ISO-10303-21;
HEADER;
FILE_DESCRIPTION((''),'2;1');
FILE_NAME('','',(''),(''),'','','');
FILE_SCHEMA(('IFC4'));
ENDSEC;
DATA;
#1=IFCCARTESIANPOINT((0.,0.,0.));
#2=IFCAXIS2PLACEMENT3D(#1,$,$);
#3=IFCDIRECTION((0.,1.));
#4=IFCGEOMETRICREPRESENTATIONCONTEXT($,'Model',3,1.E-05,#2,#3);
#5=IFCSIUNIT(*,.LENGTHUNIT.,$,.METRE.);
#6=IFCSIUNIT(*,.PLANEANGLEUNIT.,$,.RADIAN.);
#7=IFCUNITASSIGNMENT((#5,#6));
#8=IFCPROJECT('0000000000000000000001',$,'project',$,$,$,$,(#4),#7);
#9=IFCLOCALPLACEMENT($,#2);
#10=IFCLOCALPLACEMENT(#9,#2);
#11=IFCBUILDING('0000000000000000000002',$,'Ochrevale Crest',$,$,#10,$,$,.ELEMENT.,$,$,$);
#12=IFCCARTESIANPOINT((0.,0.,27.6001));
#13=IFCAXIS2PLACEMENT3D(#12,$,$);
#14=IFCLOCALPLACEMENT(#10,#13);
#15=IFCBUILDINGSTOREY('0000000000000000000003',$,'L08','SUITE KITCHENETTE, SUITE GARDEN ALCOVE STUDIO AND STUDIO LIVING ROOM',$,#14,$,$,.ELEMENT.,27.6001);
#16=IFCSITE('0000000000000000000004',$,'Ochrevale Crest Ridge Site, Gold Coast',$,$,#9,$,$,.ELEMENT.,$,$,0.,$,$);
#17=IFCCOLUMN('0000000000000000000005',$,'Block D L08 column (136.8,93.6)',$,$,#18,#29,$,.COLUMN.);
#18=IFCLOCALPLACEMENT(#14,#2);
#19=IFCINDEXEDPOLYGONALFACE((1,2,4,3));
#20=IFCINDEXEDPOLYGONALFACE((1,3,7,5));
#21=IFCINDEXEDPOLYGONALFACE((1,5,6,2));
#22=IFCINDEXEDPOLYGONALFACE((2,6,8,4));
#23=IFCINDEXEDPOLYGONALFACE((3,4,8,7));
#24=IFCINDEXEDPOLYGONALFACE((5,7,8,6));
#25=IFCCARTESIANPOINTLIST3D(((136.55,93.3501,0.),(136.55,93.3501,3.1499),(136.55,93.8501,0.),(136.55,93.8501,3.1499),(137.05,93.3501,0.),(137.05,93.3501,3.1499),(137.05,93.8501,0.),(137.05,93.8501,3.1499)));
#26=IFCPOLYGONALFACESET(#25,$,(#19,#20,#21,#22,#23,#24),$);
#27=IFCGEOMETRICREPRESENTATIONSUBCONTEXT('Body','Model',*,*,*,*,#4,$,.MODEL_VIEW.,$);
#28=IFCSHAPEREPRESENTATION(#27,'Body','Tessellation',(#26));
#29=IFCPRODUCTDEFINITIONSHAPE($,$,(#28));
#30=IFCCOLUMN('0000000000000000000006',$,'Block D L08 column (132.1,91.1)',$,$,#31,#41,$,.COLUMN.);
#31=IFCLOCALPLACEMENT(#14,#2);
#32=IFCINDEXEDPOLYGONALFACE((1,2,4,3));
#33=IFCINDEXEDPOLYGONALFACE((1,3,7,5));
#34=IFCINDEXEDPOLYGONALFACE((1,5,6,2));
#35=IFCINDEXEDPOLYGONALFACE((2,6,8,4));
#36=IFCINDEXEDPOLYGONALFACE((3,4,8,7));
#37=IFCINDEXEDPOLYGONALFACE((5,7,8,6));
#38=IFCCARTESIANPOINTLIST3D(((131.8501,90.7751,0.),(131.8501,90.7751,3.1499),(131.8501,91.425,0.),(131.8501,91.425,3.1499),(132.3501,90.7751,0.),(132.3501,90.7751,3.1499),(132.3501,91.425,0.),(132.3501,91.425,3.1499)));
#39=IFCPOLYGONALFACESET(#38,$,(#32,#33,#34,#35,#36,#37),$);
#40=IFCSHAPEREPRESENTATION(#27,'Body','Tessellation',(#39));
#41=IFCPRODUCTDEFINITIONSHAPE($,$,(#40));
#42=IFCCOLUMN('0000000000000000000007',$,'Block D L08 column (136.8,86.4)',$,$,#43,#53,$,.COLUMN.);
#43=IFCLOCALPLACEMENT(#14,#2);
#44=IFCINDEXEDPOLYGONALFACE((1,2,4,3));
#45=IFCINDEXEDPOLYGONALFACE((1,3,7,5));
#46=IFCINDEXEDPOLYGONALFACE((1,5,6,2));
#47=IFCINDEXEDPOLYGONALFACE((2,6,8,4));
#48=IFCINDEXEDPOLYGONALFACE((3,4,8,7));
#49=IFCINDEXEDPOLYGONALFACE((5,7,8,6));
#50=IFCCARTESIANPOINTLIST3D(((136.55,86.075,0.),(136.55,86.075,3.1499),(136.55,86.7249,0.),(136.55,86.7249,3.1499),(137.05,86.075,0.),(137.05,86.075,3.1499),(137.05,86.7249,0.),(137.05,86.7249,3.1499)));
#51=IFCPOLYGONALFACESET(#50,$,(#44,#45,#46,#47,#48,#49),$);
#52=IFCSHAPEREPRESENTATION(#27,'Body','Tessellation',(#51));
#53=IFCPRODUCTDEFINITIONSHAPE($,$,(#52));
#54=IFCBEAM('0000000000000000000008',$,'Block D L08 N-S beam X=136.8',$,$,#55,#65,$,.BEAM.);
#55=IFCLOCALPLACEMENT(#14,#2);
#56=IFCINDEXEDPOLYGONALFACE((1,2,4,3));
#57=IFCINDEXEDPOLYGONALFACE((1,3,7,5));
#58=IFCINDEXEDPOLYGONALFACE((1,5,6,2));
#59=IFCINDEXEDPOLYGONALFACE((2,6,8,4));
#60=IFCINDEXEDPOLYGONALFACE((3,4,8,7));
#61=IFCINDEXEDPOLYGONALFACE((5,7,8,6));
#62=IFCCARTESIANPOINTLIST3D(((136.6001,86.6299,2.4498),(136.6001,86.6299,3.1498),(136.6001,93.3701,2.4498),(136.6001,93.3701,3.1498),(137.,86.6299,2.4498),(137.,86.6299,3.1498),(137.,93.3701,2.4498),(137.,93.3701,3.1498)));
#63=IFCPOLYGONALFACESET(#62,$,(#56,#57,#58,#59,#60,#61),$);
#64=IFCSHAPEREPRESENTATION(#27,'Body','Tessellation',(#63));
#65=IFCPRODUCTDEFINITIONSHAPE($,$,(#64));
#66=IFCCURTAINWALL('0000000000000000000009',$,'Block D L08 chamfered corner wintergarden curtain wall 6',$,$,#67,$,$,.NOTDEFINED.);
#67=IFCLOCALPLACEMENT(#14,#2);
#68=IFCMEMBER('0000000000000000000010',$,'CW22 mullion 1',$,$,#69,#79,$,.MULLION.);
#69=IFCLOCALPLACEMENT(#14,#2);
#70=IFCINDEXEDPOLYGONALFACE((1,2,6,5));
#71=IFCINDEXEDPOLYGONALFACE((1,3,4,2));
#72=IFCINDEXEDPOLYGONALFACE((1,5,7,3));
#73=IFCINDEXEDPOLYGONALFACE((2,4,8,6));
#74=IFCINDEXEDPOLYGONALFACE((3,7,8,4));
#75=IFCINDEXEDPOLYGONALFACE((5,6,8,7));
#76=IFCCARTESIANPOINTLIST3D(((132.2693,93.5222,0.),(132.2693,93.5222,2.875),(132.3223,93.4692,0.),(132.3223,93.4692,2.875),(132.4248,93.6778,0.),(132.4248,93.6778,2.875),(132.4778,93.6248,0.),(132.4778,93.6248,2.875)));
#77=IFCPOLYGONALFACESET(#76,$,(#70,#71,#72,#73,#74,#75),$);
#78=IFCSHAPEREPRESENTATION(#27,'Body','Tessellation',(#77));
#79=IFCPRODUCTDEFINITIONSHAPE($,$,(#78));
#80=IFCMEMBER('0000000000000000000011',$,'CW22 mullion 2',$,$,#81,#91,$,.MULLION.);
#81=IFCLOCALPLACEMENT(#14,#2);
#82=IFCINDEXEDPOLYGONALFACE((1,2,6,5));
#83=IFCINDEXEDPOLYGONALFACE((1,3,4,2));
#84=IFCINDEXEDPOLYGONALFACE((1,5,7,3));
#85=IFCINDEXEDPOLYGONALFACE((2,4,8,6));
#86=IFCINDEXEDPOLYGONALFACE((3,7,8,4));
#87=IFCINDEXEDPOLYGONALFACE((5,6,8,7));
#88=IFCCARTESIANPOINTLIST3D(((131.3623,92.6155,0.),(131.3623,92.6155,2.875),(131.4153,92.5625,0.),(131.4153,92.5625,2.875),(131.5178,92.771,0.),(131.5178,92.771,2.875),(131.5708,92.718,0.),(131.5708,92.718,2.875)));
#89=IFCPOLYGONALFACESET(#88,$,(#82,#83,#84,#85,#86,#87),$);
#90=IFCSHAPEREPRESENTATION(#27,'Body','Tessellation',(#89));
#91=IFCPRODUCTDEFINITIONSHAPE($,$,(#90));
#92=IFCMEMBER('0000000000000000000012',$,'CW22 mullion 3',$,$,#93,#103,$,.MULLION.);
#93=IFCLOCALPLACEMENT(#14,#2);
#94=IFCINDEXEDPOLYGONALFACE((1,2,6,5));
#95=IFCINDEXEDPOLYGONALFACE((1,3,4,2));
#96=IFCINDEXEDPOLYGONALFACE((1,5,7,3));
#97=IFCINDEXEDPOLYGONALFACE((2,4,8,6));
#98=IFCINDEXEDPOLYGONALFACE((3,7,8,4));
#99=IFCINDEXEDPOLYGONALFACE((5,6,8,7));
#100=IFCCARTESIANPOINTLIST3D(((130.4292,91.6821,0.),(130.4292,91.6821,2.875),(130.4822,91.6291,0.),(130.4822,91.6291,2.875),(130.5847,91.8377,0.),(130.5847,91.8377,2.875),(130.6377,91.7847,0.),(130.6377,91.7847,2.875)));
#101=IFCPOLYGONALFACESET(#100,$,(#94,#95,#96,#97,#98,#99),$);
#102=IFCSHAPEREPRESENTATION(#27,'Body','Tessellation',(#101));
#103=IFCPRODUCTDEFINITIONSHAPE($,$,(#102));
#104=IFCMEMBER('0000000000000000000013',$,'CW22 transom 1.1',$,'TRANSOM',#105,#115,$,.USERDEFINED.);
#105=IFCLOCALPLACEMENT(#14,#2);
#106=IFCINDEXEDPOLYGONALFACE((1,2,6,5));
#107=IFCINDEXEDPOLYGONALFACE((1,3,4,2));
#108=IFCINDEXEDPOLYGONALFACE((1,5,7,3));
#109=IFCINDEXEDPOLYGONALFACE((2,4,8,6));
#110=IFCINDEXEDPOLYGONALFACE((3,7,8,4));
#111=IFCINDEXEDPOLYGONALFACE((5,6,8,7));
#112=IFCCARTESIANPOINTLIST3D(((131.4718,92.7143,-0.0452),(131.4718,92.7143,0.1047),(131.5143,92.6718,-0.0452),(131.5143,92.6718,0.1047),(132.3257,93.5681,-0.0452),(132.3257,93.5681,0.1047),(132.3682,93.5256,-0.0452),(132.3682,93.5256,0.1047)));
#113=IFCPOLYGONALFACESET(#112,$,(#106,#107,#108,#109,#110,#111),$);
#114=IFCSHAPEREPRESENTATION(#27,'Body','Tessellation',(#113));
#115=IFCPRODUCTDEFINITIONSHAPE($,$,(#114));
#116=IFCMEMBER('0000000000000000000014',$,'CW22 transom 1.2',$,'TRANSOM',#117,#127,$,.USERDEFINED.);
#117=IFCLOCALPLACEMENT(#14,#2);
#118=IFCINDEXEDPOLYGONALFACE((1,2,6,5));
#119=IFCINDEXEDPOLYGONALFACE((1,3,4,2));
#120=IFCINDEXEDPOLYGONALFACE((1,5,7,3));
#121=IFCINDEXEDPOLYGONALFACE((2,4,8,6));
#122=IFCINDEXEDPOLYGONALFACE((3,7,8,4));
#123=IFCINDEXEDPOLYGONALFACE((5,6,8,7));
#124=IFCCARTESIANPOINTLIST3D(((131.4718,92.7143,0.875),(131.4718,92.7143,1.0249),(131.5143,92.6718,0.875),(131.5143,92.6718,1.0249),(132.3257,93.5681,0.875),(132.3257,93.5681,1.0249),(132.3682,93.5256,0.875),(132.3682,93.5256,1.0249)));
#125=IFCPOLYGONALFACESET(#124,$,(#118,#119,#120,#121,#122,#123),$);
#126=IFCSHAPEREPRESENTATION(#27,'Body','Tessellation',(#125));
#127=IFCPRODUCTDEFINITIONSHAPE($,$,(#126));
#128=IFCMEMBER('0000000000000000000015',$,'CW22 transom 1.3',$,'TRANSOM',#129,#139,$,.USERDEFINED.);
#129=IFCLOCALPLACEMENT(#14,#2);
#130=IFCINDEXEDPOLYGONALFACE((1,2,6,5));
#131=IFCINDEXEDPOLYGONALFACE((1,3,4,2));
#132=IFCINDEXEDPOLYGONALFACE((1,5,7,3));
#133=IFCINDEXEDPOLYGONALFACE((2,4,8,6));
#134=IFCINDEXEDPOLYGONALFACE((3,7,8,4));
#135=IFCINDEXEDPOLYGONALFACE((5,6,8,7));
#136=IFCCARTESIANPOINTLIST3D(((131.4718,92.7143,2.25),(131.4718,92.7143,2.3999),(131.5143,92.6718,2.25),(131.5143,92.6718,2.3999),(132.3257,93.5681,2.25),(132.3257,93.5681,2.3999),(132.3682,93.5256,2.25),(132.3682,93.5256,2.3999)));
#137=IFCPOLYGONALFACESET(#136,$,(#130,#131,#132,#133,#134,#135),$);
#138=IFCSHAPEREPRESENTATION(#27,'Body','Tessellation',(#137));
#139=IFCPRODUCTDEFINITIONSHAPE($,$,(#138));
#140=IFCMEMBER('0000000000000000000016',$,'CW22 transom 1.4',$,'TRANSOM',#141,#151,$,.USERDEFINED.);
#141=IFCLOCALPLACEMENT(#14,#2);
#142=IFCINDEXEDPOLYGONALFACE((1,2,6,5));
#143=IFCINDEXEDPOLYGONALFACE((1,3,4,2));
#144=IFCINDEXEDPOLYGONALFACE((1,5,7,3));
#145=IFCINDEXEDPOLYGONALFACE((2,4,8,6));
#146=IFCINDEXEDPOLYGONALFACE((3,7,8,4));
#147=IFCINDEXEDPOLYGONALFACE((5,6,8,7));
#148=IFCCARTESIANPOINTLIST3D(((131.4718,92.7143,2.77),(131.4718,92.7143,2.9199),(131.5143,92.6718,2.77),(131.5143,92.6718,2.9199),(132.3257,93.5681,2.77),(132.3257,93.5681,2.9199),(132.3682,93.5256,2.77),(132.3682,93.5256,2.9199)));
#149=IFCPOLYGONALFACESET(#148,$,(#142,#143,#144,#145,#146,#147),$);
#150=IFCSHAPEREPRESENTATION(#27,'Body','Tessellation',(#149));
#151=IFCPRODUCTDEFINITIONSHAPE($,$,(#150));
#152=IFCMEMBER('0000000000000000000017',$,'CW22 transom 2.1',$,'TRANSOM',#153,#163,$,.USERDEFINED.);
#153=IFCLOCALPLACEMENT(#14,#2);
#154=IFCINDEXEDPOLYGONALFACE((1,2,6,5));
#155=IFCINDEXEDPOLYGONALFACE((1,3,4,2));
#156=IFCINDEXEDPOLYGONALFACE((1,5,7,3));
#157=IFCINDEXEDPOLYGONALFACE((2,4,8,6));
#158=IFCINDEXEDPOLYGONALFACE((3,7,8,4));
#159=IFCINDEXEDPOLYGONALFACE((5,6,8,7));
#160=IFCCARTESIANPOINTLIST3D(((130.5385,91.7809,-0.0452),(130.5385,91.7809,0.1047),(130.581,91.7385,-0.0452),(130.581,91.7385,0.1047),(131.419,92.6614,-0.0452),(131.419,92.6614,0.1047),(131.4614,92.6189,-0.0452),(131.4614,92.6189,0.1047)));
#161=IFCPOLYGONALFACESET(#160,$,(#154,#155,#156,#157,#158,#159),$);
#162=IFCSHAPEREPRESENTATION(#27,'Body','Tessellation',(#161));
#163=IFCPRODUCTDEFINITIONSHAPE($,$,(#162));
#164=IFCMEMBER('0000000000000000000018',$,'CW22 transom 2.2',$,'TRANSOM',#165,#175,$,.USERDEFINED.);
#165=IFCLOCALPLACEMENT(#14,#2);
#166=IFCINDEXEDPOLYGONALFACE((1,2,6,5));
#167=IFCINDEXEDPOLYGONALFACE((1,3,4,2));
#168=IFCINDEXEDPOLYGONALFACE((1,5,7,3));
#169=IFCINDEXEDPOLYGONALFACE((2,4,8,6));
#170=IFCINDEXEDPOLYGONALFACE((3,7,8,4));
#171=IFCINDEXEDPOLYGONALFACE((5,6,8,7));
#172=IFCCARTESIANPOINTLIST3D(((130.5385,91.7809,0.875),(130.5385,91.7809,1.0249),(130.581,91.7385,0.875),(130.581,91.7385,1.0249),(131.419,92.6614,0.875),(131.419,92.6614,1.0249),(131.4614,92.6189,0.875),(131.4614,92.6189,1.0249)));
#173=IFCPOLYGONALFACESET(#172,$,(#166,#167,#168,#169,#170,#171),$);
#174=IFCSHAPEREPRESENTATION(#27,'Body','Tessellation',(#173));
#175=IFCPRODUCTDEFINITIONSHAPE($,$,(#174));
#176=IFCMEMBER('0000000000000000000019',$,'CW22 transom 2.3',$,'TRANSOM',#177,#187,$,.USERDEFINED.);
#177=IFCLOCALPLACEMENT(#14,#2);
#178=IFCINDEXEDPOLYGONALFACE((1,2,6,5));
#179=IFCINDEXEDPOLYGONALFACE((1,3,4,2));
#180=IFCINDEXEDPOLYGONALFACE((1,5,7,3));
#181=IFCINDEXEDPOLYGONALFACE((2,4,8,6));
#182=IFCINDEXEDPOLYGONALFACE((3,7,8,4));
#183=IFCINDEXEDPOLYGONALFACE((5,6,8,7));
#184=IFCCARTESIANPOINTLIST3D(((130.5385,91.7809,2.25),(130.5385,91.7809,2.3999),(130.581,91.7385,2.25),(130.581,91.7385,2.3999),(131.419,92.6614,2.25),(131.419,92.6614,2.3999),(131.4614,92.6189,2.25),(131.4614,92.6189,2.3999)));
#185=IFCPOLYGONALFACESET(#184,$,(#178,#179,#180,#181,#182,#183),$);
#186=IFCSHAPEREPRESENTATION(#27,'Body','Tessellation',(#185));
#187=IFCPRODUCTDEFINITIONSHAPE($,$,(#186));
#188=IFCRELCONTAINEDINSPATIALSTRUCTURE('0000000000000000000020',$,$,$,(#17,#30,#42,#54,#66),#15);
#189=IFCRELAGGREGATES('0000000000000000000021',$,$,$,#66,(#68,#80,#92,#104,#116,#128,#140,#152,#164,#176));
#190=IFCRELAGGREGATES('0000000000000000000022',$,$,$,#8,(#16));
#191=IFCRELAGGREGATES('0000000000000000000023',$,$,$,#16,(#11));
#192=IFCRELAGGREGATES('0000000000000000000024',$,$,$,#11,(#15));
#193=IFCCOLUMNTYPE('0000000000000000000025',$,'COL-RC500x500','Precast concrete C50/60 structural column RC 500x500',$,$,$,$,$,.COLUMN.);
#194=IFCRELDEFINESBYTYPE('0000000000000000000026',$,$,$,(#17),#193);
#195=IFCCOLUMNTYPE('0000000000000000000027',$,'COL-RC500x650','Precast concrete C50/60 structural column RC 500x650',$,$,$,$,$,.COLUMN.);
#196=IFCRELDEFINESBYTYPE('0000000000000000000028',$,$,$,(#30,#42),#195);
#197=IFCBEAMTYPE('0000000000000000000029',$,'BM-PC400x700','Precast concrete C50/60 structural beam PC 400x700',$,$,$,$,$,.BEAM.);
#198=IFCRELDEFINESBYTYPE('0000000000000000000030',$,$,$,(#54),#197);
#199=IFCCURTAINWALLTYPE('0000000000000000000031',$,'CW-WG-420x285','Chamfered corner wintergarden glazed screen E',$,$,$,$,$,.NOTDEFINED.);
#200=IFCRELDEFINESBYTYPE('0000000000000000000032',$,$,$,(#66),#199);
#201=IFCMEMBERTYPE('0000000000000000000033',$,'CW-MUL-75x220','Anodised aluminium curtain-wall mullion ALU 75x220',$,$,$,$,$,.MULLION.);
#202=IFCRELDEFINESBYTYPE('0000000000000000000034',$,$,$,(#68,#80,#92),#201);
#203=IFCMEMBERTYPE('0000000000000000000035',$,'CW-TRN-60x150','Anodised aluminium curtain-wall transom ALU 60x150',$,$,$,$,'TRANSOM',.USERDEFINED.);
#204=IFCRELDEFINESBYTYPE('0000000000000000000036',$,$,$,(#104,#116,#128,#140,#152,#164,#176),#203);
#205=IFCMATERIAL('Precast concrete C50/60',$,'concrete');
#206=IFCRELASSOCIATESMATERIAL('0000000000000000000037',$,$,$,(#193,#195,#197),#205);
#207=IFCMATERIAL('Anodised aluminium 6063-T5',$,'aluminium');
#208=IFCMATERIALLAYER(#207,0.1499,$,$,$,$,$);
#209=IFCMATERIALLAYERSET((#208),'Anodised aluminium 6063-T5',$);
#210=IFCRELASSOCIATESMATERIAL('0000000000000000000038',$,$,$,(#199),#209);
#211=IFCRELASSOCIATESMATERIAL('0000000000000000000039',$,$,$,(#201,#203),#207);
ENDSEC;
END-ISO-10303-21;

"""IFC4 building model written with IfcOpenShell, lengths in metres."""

from ifc_helpers import new_model, si_unit, direction, frame, origin, origin_2d, place, context, subcontext, project, spatial, rectangle, extrude, material, layer, layer_set, material_profile, profile_set, type_object, element, aggregate, save


model = new_model("IFC4")

# Units and contexts
model_context = context("Model", 3, precision=1e-05, world=origin(), true_north=direction((0.0, 1.0)))
body_context = subcontext(model_context, "Body", "Model", "MODEL_VIEW")
ifc_project = project(units=[si_unit("LENGTHUNIT", "METRE"), si_unit("PLANEANGLEUNIT", "RADIAN")], contexts=[model_context])

# Site, building, storey
site_placement = place(None, origin())
site = spatial("IfcSite", under=ifc_project, at=site_placement, Name="Ochrevale Crest Ridge Site, Gold Coast", CompositionType="ELEMENT", RefElevation=0.0)
building_placement = place(site_placement, origin())
building = spatial("IfcBuilding", under=site, at=building_placement, Name="Ochrevale Crest", CompositionType="ELEMENT")
storey_placement = place(building_placement, frame((0.0, 0.0, 27.6001)))
storey = spatial("IfcBuildingStorey", under=building, at=storey_placement, Name="L08", Description="SUITE KITCHENETTE, SUITE GARDEN ALCOVE STUDIO AND STUDIO LIVING ROOM", CompositionType="ELEMENT", Elevation=27.6001)

# Columns
ifc_material_1 = material(Name="Precast concrete C50/60", Category="concrete")
ifc_material_profile_1 = material_profile(ifc_material_1, rectangle(XDim=0.5, YDim=0.5, at=origin_2d()), Name="RC 500x500")
ifc_profile_set_1 = profile_set([ifc_material_profile_1], Name="Precast concrete C50/60")
column_type_1 = type_object("IfcColumnType", Name="COL-RC500x500", Description="Precast concrete C50/60 structural column RC 500x500", PredefinedType="COLUMN", material=ifc_profile_set_1)
column_placement = place(storey_placement, frame((136.8, 93.6001, 0.0), z_axis=(0.0, 0.0, 1.0), x_axis=(1.0, 0.0, 0.0)))
element("IfcColumn", 1, at=column_placement, inside=storey, type_object=column_type_1, Name="Block D L08 column (136.8,93.6)", PredefinedType="COLUMN", context=body_context, shape_type="SweptSolid", body=[
    extrude(rectangle(XDim=0.5, YDim=0.5, at=origin_2d()), origin(), (0.0, 0.0, 1.0), 3.1499),
])
ifc_material_profile_2 = material_profile(ifc_material_1, rectangle(XDim=0.5, YDim=0.6499, at=origin_2d()), Name="RC 500x650")
ifc_profile_set_2 = profile_set([ifc_material_profile_2], Name="Precast concrete C50/60")
column_type_2 = type_object("IfcColumnType", Name="COL-RC500x650", Description="Precast concrete C50/60 structural column RC 500x650", PredefinedType="COLUMN", material=ifc_profile_set_2)
for number, where, z_axis, x_axis, name in (
    (2, (132.1001, 91.1001, 0.0), (0.0, 0.0, 1.0), (1.0, 0.0, 0.0), "Block D L08 column (132.1,91.1)"),
    (3, (136.8, 86.3999, 0.0), (0.0, 0.0, 1.0), (1.0, 0.0, 0.0), "Block D L08 column (136.8,86.4)"),
):
    element("IfcColumn", number, at=place(storey_placement, frame(where, z_axis=z_axis, x_axis=x_axis)), inside=storey, type_object=column_type_2, Name=name, PredefinedType="COLUMN", context=body_context, shape_type="SweptSolid", body=[
        extrude(rectangle(XDim=0.5, YDim=0.6499, at=origin_2d()), origin(), (0.0, 0.0, 1.0), 3.1499),
    ])

# Beam
ifc_material_profile_3 = material_profile(ifc_material_1, rectangle(XDim=0.3999, YDim=0.7, at=origin_2d()), Name="PC 400x700")
ifc_profile_set_3 = profile_set([ifc_material_profile_3], Name="Precast concrete C50/60")
beam_type = type_object("IfcBeamType", Name="BM-PC400x700", Description="Precast concrete C50/60 structural beam PC 400x700", PredefinedType="BEAM", material=ifc_profile_set_3)
beam_placement = place(storey_placement, frame((136.8, 86.6299, 2.7998), z_axis=(0.0, 1.0, 0.0), x_axis=(-1.0, 0.0, 0.0)))
element("IfcBeam", 4, at=beam_placement, inside=storey, type_object=beam_type, Name="Block D L08 N-S beam X=136.8", PredefinedType="BEAM", context=body_context, shape_type="SweptSolid", body=[
    extrude(rectangle(XDim=0.3999, YDim=0.7, at=origin_2d()), origin(), (0.0, 0.0, 1.0), 6.7402),
])

# Curtain wall, members
ifc_material_2 = material(Name="Anodised aluminium 6063-T5", Category="aluminium")
ifc_layer_1 = layer(ifc_material_2, 0.1499)
ifc_layer_set_1 = layer_set([ifc_layer_1], Name="Anodised aluminium 6063-T5")
curtain_wall_type = type_object("IfcCurtainWallType", Name="CW-WG-420x285", Description="Chamfered corner wintergarden glazed screen E", PredefinedType="NOTDEFINED", material=ifc_layer_set_1)
curtain_wall_placement = place(storey_placement, origin())
curtain_wall = element("IfcCurtainWall", 5, at=curtain_wall_placement, inside=storey, type_object=curtain_wall_type, Name="Block D L08 chamfered corner wintergarden curtain wall 6", PredefinedType="NOTDEFINED")
ifc_material_profile_4 = material_profile(ifc_material_2, rectangle(XDim=0.075, YDim=0.22, at=origin_2d()), Name="ALU 75x220")
ifc_profile_set_4 = profile_set([ifc_material_profile_4], Name="Anodised aluminium 6063-T5")
member_type_1 = type_object("IfcMemberType", Name="CW-MUL-75x220", Description="Anodised aluminium curtain-wall mullion ALU 75x220", PredefinedType="MULLION", material=ifc_profile_set_4)
member_1_placement = place(storey_placement, frame((132.3735, 93.5735, 0.0), z_axis=(0.0, 0.0, 1.0), x_axis=(0.707107, -0.707107, 0.0)))
member_1 = element("IfcMember", 6, at=member_1_placement, type_object=member_type_1, Name="CW22 mullion 1", PredefinedType="MULLION", context=body_context, shape_type="SweptSolid", body=[
    extrude(rectangle(XDim=0.075, YDim=0.22, at=origin_2d()), origin(), (0.0, 0.0, 1.0), 2.875),
])
member_2_placement = place(storey_placement, frame((131.4666, 92.6667, 0.0), z_axis=(0.0, 0.0, 1.0), x_axis=(0.707107, -0.707107, 0.0)))
member_2 = element("IfcMember", 7, at=member_2_placement, type_object=member_type_1, Name="CW22 mullion 2", PredefinedType="MULLION", context=body_context, shape_type="SweptSolid", body=[
    extrude(rectangle(XDim=0.075, YDim=0.22, at=origin_2d()), origin(), (0.0, 0.0, 1.0), 2.875),
])
member_3_placement = place(storey_placement, frame((130.5334, 91.7334, 0.0), z_axis=(0.0, 0.0, 1.0), x_axis=(0.707107, -0.707107, 0.0)))
member_3 = element("IfcMember", 8, at=member_3_placement, type_object=member_type_1, Name="CW22 mullion 3", PredefinedType="MULLION", context=body_context, shape_type="SweptSolid", body=[
    extrude(rectangle(XDim=0.075, YDim=0.22, at=origin_2d()), origin(), (0.0, 0.0, 1.0), 2.875),
])
ifc_material_profile_5 = material_profile(ifc_material_2, rectangle(XDim=0.0601, YDim=0.1499, at=origin_2d()), Name="ALU 60x150")
ifc_profile_set_5 = profile_set([ifc_material_profile_5], Name="Anodised aluminium 6063-T5")
member_type_2 = type_object("IfcMemberType", Name="CW-TRN-60x150", Description="Anodised aluminium curtain-wall transom ALU 60x150", ElementType="TRANSOM", PredefinedType="USERDEFINED", material=ifc_profile_set_5)
member_4_placement = place(storey_placement, frame((132.3469, 93.5469, 0.0298), z_axis=(-0.707107, -0.707107, 0.0), x_axis=(0.707107, -0.707107, 0.0)))
member_4 = element("IfcMember", 9, at=member_4_placement, type_object=member_type_2, Name="CW22 transom 1.1", ObjectType="TRANSOM", PredefinedType="USERDEFINED", context=body_context, shape_type="SweptSolid", body=[
    extrude(rectangle(XDim=0.0601, YDim=0.1499, at=origin_2d()), origin(), (0.0, 0.0, 1.0), 1.2075),
])
member_5_placement = place(storey_placement, frame((132.3469, 93.5469, 0.95), z_axis=(-0.707107, -0.707107, 0.0), x_axis=(0.707107, -0.707107, 0.0)))
member_5 = element("IfcMember", 10, at=member_5_placement, type_object=member_type_2, Name="CW22 transom 1.2", ObjectType="TRANSOM", PredefinedType="USERDEFINED", context=body_context, shape_type="SweptSolid", body=[
    extrude(rectangle(XDim=0.0601, YDim=0.1499, at=origin_2d()), origin(), (0.0, 0.0, 1.0), 1.2075),
])
member_6_placement = place(storey_placement, frame((132.3469, 93.5469, 2.325), z_axis=(-0.707107, -0.707107, 0.0), x_axis=(0.707107, -0.707107, 0.0)))
member_6 = element("IfcMember", 11, at=member_6_placement, type_object=member_type_2, Name="CW22 transom 1.3", ObjectType="TRANSOM", PredefinedType="USERDEFINED", context=body_context, shape_type="SweptSolid", body=[
    extrude(rectangle(XDim=0.0601, YDim=0.1499, at=origin_2d()), origin(), (0.0, 0.0, 1.0), 1.2075),
])
member_7_placement = place(storey_placement, frame((132.3469, 93.5469, 2.845), z_axis=(-0.707107, -0.707107, 0.0), x_axis=(0.707107, -0.707107, 0.0)))
member_7 = element("IfcMember", 12, at=member_7_placement, type_object=member_type_2, Name="CW22 transom 1.4", ObjectType="TRANSOM", PredefinedType="USERDEFINED", context=body_context, shape_type="SweptSolid", body=[
    extrude(rectangle(XDim=0.0601, YDim=0.1499, at=origin_2d()), origin(), (0.0, 0.0, 1.0), 1.2075),
])
member_8_placement = place(storey_placement, frame((131.4402, 92.6401, 0.0298), z_axis=(-0.707107, -0.707107, 0.0), x_axis=(0.707107, -0.707107, 0.0)))
member_8 = element("IfcMember", 13, at=member_8_placement, type_object=member_type_2, Name="CW22 transom 2.1", ObjectType="TRANSOM", PredefinedType="USERDEFINED", context=body_context, shape_type="SweptSolid", body=[
    extrude(rectangle(XDim=0.0601, YDim=0.1499, at=origin_2d()), origin(), (0.0, 0.0, 1.0), 1.2451),
])
member_9_placement = place(storey_placement, frame((131.4402, 92.6401, 0.95), z_axis=(-0.707107, -0.707107, 0.0), x_axis=(0.707107, -0.707107, 0.0)))
member_9 = element("IfcMember", 14, at=member_9_placement, type_object=member_type_2, Name="CW22 transom 2.2", ObjectType="TRANSOM", PredefinedType="USERDEFINED", context=body_context, shape_type="SweptSolid", body=[
    extrude(rectangle(XDim=0.0601, YDim=0.1499, at=origin_2d()), origin(), (0.0, 0.0, 1.0), 1.2451),
])
member_10_placement = place(storey_placement, frame((131.4402, 92.6401, 2.325), z_axis=(-0.707107, -0.707107, 0.0), x_axis=(0.707107, -0.707107, 0.0)))
member_10 = element("IfcMember", 15, at=member_10_placement, type_object=member_type_2, Name="CW22 transom 2.3", ObjectType="TRANSOM", PredefinedType="USERDEFINED", context=body_context, shape_type="SweptSolid", body=[
    extrude(rectangle(XDim=0.0601, YDim=0.1499, at=origin_2d()), origin(), (0.0, 0.0, 1.0), 1.2451),
])
aggregate(curtain_wall, [member_1, member_2, member_3, member_4, member_5, member_6, member_7, member_8, member_9, member_10])

save(model, "model.ifc")
